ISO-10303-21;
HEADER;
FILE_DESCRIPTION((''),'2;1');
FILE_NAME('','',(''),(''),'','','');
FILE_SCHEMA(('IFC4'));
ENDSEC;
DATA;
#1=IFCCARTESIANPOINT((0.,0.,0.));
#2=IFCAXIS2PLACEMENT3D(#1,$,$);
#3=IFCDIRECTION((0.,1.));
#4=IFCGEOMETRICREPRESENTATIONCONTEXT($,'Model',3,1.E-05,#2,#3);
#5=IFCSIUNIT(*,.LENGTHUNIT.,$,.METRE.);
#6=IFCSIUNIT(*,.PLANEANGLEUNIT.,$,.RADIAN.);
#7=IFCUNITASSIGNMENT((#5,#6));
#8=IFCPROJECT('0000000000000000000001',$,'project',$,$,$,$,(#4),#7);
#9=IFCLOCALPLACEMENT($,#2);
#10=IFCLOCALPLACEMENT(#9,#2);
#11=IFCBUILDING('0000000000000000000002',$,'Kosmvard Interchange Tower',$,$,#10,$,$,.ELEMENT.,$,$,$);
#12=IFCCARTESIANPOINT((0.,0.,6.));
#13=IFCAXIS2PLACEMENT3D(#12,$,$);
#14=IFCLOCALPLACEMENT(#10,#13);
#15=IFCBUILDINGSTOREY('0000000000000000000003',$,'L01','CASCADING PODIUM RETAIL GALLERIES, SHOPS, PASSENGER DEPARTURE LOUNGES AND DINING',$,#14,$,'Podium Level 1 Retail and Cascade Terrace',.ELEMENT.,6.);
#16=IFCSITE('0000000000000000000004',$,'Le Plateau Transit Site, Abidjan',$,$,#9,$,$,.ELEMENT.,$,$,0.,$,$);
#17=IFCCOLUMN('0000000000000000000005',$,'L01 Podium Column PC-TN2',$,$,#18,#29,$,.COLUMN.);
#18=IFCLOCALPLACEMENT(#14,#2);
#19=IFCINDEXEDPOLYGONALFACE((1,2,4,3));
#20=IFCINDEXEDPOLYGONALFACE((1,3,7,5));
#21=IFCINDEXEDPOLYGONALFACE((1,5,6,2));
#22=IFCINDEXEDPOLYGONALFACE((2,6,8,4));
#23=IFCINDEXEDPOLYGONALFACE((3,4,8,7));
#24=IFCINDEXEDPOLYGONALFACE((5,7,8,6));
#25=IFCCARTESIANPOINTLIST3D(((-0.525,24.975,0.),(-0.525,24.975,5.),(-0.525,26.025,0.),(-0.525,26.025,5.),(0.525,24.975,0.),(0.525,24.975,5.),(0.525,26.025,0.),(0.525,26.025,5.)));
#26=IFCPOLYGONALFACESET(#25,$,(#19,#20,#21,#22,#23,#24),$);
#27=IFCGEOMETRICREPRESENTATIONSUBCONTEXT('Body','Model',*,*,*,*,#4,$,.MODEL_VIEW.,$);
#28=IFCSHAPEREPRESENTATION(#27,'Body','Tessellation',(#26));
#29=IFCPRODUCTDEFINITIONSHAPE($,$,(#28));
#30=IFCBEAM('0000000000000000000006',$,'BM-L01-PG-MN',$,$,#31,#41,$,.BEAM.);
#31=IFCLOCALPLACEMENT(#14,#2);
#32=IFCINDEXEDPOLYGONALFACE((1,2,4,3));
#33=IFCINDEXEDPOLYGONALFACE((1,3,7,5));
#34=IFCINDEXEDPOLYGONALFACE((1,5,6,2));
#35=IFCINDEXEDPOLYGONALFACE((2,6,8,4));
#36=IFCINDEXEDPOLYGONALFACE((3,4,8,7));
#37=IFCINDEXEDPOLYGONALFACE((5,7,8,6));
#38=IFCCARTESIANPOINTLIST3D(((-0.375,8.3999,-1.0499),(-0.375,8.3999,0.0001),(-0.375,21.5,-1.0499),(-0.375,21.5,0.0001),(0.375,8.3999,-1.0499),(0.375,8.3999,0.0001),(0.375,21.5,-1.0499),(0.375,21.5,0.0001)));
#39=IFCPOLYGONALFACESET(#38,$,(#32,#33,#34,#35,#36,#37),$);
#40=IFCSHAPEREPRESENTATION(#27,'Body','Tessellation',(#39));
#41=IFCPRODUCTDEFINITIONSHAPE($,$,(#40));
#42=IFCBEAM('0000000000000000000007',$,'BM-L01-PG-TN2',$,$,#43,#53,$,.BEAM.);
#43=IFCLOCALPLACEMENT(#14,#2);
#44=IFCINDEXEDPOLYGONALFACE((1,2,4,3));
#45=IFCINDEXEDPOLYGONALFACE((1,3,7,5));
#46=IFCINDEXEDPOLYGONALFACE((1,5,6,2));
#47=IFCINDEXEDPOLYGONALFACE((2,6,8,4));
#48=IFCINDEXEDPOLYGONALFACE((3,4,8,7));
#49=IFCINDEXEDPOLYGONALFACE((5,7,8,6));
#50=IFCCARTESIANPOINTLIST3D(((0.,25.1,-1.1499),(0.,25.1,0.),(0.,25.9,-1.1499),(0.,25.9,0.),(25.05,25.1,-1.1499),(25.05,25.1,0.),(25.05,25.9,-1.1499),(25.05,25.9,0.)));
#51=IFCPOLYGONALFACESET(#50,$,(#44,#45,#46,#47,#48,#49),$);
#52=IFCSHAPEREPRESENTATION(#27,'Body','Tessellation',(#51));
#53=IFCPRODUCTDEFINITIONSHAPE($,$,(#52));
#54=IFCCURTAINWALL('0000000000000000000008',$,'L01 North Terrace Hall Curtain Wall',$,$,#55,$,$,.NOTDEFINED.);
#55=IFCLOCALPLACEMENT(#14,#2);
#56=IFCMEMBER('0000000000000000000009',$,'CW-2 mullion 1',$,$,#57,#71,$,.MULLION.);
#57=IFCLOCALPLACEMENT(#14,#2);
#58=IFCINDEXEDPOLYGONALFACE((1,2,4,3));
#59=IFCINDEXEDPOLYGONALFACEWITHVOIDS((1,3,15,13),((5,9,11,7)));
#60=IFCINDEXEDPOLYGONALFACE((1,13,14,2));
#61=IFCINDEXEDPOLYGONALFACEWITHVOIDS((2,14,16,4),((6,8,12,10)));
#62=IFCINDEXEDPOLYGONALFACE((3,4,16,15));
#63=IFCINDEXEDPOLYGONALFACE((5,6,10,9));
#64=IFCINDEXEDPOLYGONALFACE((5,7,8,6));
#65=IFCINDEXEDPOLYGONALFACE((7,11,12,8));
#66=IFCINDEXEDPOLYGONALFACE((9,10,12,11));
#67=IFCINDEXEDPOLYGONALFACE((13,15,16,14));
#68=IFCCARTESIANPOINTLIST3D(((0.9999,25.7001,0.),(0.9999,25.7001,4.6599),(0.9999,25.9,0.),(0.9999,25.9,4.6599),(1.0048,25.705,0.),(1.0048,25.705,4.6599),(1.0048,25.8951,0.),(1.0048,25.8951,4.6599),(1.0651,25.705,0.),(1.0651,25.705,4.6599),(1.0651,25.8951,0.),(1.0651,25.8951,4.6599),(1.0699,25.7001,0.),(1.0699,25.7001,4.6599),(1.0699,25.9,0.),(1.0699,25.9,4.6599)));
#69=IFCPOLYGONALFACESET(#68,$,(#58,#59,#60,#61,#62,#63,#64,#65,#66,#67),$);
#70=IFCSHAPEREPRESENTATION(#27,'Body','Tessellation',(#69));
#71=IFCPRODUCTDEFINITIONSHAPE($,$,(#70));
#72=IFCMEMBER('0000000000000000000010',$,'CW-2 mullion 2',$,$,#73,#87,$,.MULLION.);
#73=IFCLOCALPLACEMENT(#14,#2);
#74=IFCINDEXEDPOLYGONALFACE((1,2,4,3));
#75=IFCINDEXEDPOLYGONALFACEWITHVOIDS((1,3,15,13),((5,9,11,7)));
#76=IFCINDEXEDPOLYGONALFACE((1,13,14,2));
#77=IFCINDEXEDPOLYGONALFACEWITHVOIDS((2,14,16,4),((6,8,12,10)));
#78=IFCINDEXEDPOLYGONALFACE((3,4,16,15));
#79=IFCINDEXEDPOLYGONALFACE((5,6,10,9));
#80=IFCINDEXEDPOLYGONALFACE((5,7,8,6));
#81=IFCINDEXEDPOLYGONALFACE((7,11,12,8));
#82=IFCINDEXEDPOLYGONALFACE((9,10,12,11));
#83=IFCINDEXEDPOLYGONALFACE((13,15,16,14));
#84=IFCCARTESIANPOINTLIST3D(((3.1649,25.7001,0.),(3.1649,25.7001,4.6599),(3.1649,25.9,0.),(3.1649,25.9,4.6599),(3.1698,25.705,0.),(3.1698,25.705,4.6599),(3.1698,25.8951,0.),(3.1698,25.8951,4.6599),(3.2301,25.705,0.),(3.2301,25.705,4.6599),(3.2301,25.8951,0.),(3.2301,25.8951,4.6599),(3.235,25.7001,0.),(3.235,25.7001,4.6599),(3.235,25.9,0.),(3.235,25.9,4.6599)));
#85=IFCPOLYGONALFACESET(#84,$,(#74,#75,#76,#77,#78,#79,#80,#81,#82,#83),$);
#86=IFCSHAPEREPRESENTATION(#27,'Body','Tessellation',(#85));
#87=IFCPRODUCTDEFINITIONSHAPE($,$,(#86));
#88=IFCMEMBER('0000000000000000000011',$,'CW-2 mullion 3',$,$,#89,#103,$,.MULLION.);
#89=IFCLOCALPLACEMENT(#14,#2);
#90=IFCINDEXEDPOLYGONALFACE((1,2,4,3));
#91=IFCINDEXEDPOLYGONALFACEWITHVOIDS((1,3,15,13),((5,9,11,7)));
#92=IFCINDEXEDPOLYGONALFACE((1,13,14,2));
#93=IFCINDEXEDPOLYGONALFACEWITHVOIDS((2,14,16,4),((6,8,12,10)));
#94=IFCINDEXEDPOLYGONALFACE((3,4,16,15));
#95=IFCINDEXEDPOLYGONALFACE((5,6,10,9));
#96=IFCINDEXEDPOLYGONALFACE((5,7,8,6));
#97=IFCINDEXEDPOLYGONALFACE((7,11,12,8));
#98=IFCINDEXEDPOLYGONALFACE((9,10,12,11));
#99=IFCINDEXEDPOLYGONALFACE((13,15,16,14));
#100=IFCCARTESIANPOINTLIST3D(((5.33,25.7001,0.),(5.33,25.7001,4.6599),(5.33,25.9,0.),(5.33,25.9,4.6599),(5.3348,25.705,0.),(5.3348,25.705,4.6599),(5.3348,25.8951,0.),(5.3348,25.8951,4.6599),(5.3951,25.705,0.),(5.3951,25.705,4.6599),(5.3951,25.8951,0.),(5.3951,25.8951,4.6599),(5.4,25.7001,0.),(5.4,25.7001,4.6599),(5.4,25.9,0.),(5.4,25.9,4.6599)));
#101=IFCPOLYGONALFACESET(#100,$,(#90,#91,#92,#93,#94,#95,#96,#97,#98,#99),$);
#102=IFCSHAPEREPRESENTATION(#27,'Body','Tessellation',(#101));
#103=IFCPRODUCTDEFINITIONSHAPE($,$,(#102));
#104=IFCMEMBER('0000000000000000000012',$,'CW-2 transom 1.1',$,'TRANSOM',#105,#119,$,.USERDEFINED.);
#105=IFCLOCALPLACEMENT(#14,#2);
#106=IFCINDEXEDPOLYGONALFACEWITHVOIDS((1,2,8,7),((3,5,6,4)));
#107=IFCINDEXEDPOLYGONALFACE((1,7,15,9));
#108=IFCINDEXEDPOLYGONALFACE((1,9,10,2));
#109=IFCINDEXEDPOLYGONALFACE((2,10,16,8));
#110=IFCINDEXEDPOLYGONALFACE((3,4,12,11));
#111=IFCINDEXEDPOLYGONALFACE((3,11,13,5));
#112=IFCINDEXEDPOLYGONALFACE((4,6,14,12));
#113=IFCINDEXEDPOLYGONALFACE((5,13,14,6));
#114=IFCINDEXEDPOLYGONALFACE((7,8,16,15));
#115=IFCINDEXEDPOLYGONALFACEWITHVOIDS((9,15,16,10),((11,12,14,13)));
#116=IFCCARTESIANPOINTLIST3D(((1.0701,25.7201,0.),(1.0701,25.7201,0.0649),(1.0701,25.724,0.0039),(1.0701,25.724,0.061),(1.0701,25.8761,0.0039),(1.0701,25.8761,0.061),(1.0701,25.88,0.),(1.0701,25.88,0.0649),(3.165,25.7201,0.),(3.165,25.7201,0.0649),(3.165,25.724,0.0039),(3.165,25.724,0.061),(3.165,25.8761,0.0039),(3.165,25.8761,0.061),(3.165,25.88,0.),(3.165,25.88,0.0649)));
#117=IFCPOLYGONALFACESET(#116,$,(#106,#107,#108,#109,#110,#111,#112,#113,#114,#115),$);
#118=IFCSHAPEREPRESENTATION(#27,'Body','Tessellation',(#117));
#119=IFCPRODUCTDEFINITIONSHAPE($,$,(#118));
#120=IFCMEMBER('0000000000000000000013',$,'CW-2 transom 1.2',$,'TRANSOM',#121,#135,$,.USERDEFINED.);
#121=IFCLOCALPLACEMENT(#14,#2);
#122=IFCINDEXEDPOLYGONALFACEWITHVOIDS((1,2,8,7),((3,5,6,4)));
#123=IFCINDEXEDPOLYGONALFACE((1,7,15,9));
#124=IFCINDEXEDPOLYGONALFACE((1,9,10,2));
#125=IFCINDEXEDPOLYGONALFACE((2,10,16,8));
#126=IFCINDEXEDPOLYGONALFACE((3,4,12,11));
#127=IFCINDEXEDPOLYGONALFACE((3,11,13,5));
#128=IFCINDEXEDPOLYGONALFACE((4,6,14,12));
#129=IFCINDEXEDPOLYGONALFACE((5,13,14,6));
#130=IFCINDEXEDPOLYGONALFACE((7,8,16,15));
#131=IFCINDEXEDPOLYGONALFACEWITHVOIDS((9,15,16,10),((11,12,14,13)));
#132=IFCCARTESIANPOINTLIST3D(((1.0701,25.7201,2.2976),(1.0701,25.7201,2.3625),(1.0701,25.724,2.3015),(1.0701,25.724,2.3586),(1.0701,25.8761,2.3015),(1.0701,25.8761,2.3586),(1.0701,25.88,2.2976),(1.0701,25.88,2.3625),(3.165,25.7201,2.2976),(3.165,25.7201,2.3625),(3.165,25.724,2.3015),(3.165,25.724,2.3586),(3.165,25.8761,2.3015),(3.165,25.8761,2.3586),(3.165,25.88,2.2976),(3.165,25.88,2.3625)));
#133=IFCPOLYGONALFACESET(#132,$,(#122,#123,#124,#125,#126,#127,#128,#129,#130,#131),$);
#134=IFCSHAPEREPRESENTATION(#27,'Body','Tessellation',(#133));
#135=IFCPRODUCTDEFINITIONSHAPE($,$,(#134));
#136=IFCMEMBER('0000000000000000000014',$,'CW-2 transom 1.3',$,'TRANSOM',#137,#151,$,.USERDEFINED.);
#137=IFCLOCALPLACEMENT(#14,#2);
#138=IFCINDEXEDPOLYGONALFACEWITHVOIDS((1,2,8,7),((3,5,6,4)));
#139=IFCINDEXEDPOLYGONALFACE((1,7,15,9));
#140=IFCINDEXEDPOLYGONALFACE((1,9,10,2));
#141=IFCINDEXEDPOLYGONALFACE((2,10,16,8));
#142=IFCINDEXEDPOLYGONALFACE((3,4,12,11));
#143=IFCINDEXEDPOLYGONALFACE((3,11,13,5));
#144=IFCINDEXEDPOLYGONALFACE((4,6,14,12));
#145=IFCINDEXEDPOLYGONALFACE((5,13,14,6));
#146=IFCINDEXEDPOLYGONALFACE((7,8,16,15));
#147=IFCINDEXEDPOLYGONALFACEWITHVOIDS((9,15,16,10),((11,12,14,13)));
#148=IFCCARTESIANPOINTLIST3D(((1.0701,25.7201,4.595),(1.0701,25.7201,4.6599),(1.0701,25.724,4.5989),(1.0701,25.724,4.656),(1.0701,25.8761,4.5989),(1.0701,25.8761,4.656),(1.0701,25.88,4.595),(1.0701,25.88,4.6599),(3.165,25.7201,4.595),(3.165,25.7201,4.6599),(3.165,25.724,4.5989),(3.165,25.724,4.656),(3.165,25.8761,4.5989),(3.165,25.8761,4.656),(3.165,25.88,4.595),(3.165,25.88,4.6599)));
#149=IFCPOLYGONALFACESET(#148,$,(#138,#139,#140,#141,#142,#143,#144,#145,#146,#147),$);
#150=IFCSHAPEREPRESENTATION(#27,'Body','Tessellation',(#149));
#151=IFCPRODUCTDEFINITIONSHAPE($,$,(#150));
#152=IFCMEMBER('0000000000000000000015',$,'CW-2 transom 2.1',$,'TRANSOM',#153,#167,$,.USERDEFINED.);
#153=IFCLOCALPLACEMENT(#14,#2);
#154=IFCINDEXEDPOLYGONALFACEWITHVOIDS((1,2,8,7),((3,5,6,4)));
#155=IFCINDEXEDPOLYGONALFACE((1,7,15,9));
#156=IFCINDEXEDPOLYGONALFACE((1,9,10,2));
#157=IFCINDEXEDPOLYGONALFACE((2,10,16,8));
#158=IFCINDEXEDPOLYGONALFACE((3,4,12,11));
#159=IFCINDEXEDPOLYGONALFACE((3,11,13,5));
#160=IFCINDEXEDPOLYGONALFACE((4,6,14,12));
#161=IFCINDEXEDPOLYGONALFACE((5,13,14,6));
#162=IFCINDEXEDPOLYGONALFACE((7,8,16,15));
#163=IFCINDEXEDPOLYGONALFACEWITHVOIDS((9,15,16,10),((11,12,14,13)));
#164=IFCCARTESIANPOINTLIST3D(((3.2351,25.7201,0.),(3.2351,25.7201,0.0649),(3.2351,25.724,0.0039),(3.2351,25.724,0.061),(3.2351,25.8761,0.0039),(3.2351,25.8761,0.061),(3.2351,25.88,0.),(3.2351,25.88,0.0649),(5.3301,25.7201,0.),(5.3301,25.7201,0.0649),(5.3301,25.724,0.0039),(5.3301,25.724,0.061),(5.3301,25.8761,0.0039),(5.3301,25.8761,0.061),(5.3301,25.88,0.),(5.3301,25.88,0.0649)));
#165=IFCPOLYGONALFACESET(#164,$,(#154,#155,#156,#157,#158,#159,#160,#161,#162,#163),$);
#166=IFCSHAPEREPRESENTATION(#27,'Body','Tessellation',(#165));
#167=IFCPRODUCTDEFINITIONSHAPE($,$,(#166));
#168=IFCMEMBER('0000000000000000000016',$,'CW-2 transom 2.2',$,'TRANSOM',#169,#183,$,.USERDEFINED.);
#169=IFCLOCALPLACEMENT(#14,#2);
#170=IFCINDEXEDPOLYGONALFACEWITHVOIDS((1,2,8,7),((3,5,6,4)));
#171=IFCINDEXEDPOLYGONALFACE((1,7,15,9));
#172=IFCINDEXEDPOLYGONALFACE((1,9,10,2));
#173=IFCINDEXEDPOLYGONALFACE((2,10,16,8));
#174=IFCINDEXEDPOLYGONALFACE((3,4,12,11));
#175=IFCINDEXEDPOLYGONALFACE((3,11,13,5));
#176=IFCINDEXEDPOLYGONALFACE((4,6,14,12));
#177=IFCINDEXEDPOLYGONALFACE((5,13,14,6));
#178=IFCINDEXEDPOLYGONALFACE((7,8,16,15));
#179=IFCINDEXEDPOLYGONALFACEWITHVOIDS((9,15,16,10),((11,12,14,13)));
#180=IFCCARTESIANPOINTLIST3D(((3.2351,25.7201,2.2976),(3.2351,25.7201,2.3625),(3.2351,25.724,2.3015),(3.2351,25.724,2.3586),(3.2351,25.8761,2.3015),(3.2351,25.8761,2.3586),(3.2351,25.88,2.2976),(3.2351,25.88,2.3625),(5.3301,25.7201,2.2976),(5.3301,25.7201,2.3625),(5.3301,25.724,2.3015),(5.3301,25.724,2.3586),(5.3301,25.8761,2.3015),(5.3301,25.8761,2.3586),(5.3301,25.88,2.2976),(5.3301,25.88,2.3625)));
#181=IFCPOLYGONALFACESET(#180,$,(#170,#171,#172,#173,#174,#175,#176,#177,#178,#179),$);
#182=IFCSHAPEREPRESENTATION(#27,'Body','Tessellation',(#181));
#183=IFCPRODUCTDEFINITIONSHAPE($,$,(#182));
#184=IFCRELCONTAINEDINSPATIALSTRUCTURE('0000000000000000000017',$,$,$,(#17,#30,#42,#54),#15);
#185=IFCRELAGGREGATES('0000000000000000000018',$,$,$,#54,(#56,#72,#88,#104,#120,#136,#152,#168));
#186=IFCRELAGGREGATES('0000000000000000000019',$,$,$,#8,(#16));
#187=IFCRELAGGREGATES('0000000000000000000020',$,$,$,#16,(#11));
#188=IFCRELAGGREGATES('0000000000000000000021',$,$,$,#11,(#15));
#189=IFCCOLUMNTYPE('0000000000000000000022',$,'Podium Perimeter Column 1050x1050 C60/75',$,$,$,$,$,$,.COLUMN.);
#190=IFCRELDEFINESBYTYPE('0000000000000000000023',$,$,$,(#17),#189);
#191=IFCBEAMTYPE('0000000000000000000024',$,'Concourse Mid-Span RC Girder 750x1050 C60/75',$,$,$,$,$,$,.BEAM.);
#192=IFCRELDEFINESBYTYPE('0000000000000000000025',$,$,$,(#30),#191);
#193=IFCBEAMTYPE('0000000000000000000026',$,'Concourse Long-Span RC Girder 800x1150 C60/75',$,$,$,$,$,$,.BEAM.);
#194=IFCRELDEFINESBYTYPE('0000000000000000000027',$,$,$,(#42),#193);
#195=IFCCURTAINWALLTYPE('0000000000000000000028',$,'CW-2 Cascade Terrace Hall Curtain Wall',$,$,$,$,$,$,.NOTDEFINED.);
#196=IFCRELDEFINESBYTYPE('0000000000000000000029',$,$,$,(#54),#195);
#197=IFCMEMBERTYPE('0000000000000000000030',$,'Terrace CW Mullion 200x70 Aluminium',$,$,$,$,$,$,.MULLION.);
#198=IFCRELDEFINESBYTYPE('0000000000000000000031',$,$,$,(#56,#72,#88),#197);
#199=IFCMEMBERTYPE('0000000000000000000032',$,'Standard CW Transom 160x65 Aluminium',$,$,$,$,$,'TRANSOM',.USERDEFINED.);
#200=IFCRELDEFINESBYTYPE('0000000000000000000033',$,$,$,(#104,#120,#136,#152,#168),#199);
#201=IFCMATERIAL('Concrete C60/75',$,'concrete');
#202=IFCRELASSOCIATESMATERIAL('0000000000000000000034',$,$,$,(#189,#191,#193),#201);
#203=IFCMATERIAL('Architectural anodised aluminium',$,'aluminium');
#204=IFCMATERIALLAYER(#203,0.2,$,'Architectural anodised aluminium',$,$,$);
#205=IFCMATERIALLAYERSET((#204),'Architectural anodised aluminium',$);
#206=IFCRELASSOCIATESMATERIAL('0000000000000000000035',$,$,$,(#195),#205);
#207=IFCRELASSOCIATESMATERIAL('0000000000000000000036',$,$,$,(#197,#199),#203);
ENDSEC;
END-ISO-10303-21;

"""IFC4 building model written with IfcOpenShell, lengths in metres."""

from ifc_helpers import new_model, si_unit, direction, frame, origin, origin_2d, place, context, subcontext, project, spatial, rectangle, hollow_rectangle, extrude, source, transform, mapped, material, layer, layer_set, material_profile, profile_set, type_object, element, aggregate, save


model = new_model("IFC4")

# Units and contexts
model_context = context("Model", 3, precision=1e-05, world=origin(), true_north=direction((0.0, 1.0)))
body_context = subcontext(model_context, "Body", "Model", "MODEL_VIEW")
ifc_project = project(units=[si_unit("LENGTHUNIT", "METRE"), si_unit("PLANEANGLEUNIT", "RADIAN")], contexts=[model_context])

# Site, building, storey
site_placement = place(None, origin())
site = spatial("IfcSite", under=ifc_project, at=site_placement, Name="Le Plateau Transit Site, Abidjan", CompositionType="ELEMENT", RefElevation=0.0)
building_placement = place(site_placement, origin())
building = spatial("IfcBuilding", under=site, at=building_placement, Name="Kosmvard Interchange Tower", CompositionType="ELEMENT")
storey_placement = place(building_placement, frame((0.0, 0.0, 6.0)))
storey = spatial("IfcBuildingStorey", under=building, at=storey_placement, Name="L01", Description="CASCADING PODIUM RETAIL GALLERIES, SHOPS, PASSENGER DEPARTURE LOUNGES AND DINING", LongName="Podium Level 1 Retail and Cascade Terrace", CompositionType="ELEMENT", Elevation=6.0)

# Column
ifc_material_1 = material(Name="Concrete C60/75", Category="concrete")
ifc_material_profile_1 = material_profile(ifc_material_1, rectangle(XDim=1.05, YDim=1.05, at=origin_2d()), Name="PC 1050x1050")
ifc_profile_set_1 = profile_set([ifc_material_profile_1], Name="Concrete C60/75")
column_type = type_object("IfcColumnType", Name="Podium Perimeter Column 1050x1050 C60/75", PredefinedType="COLUMN", material=ifc_profile_set_1)
shared_shape_1 = source(origin(), body_context, "Body", "SweptSolid", [
    extrude(rectangle(XDim=1.05, YDim=1.05, at=origin_2d()), origin(), (0.0, 0.0, 1.0), 5.0),
])
column_placement = place(storey_placement, frame((0.0, 25.5, 0.0), z_axis=(0.0, 0.0, 1.0), x_axis=(1.0, 0.0, 0.0)))
element("IfcColumn", 1, at=column_placement, inside=storey, type_object=column_type, Name="L01 Podium Column PC-TN2", PredefinedType="COLUMN", context=body_context, shape_type="MappedRepresentation", body=[
    mapped(shared_shape_1, transform((0.0, 0.0, 0.0), scale=1.0)),
])

# Beams
ifc_material_profile_2 = material_profile(ifc_material_1, rectangle(XDim=0.75, YDim=1.05, at=origin_2d()), Name="RCG 750x1050")
ifc_profile_set_2 = profile_set([ifc_material_profile_2], Name="Concrete C60/75")
beam_type_1 = type_object("IfcBeamType", Name="Concourse Mid-Span RC Girder 750x1050 C60/75", PredefinedType="BEAM", material=ifc_profile_set_2)
shared_shape_2 = source(origin(), body_context, "Body", "SweptSolid", [
    extrude(rectangle(XDim=0.75, YDim=1.05, at=origin_2d()), origin(), (0.0, 0.0, 1.0), 13.1001),
])
beam_1_placement = place(storey_placement, frame((0.0, 21.5, -0.5249), z_axis=(0.0, -1.0, 0.0), x_axis=(1.0, 0.0, 0.0)))
element("IfcBeam", 2, at=beam_1_placement, inside=storey, type_object=beam_type_1, Name="BM-L01-PG-MN", PredefinedType="BEAM", context=body_context, shape_type="MappedRepresentation", body=[
    mapped(shared_shape_2, transform((0.0, 0.0, 0.0), scale=1.0)),
])
ifc_material_profile_3 = material_profile(ifc_material_1, rectangle(XDim=0.8, YDim=1.1499, at=origin_2d()), Name="RCG 800x1150")
ifc_profile_set_3 = profile_set([ifc_material_profile_3], Name="Concrete C60/75")
beam_type_2 = type_object("IfcBeamType", Name="Concourse Long-Span RC Girder 800x1150 C60/75", PredefinedType="BEAM", material=ifc_profile_set_3)
shared_shape_3 = source(origin(), body_context, "Body", "SweptSolid", [
    extrude(rectangle(XDim=0.8, YDim=1.1499, at=origin_2d()), origin(), (0.0, 0.0, 1.0), 25.05),
])
beam_2_placement = place(storey_placement, frame((0.0, 25.5, -0.575), z_axis=(1.0, 0.0, 0.0), x_axis=(0.0, 1.0, 0.0)))
element("IfcBeam", 3, at=beam_2_placement, inside=storey, type_object=beam_type_2, Name="BM-L01-PG-TN2", PredefinedType="BEAM", context=body_context, shape_type="MappedRepresentation", body=[
    mapped(shared_shape_3, transform((0.0, 0.0, 0.0), scale=1.0)),
])

# Curtain wall, members
ifc_material_2 = material(Name="Architectural anodised aluminium", Category="aluminium")
ifc_layer_1 = layer(ifc_material_2, 0.2, Name="Architectural anodised aluminium")
ifc_layer_set_1 = layer_set([ifc_layer_1], Name="Architectural anodised aluminium")
curtain_wall_type = type_object("IfcCurtainWallType", Name="CW-2 Cascade Terrace Hall Curtain Wall", PredefinedType="NOTDEFINED", material=ifc_layer_set_1)
curtain_wall_placement = place(storey_placement, origin())
curtain_wall = element("IfcCurtainWall", 4, at=curtain_wall_placement, inside=storey, type_object=curtain_wall_type, Name="L01 North Terrace Hall Curtain Wall", PredefinedType="NOTDEFINED")
ifc_material_profile_4 = material_profile(ifc_material_2, hollow_rectangle(XDim=0.2, YDim=0.0701, WallThickness=0.0049, at=origin_2d()), Name="CWM 200x70x5")
ifc_profile_set_4 = profile_set([ifc_material_profile_4], Name="Architectural anodised aluminium")
member_type_1 = type_object("IfcMemberType", Name="Terrace CW Mullion 200x70 Aluminium", PredefinedType="MULLION", material=ifc_profile_set_4)
shared_shape_4 = source(origin(), body_context, "Body", "SweptSolid", [
    extrude(hollow_rectangle(XDim=0.2, YDim=0.0701, WallThickness=0.0049, at=origin_2d()), origin(), (0.0, 0.0, 1.0), 4.6599),
])
member_1_placement = place(storey_placement, frame((1.0349, 25.8, 0.0), z_axis=(0.0, 0.0, 1.0), x_axis=(0.0, 1.0, 0.0)))
member_1 = element("IfcMember", 5, at=member_1_placement, type_object=member_type_1, Name="CW-2 mullion 1", PredefinedType="MULLION", context=body_context, shape_type="MappedRepresentation", body=[
    mapped(shared_shape_4, transform((0.0, 0.0, 0.0), scale=1.0)),
])
member_2_placement = place(storey_placement, frame((3.2, 25.8, 0.0), z_axis=(0.0, 0.0, 1.0), x_axis=(0.0, 1.0, 0.0)))
member_2 = element("IfcMember", 6, at=member_2_placement, type_object=member_type_1, Name="CW-2 mullion 2", PredefinedType="MULLION", context=body_context, shape_type="MappedRepresentation", body=[
    mapped(shared_shape_4, transform((0.0, 0.0, 0.0), scale=1.0)),
])
member_3_placement = place(storey_placement, frame((5.365, 25.8, 0.0), z_axis=(0.0, 0.0, 1.0), x_axis=(0.0, 1.0, 0.0)))
member_3 = element("IfcMember", 7, at=member_3_placement, type_object=member_type_1, Name="CW-2 mullion 3", PredefinedType="MULLION", context=body_context, shape_type="MappedRepresentation", body=[
    mapped(shared_shape_4, transform((0.0, 0.0, 0.0), scale=1.0)),
])
ifc_material_profile_5 = material_profile(ifc_material_2, hollow_rectangle(XDim=0.1599, YDim=0.0649, WallThickness=0.0039, at=origin_2d()), Name="CWT 160x65x4")
ifc_profile_set_5 = profile_set([ifc_material_profile_5], Name="Architectural anodised aluminium")
member_type_2 = type_object("IfcMemberType", Name="Standard CW Transom 160x65 Aluminium", ElementType="TRANSOM", PredefinedType="USERDEFINED", material=ifc_profile_set_5)
shared_shape_5 = source(origin(), body_context, "Body", "SweptSolid", [
    extrude(hollow_rectangle(XDim=0.1599, YDim=0.0649, WallThickness=0.0039, at=origin_2d()), origin(), (0.0, 0.0, 1.0), 2.095),
])
member_4_placement = place(storey_placement, frame((1.0701, 25.8, 0.0325), z_axis=(1.0, 0.0, 0.0), x_axis=(0.0, 1.0, 0.0)))
member_4 = element("IfcMember", 8, at=member_4_placement, type_object=member_type_2, Name="CW-2 transom 1.1", ObjectType="TRANSOM", PredefinedType="USERDEFINED", context=body_context, shape_type="MappedRepresentation", body=[
    mapped(shared_shape_5, transform((0.0, 0.0, 0.0), scale=1.0)),
])
member_5_placement = place(storey_placement, frame((1.0701, 25.8, 2.3301), z_axis=(1.0, 0.0, 0.0), x_axis=(0.0, 1.0, 0.0)))
member_5 = element("IfcMember", 9, at=member_5_placement, type_object=member_type_2, Name="CW-2 transom 1.2", ObjectType="TRANSOM", PredefinedType="USERDEFINED", context=body_context, shape_type="MappedRepresentation", body=[
    mapped(shared_shape_5, transform((0.0, 0.0, 0.0), scale=1.0)),
])
member_6_placement = place(storey_placement, frame((1.0701, 25.8, 4.6274), z_axis=(1.0, 0.0, 0.0), x_axis=(0.0, 1.0, 0.0)))
member_6 = element("IfcMember", 10, at=member_6_placement, type_object=member_type_2, Name="CW-2 transom 1.3", ObjectType="TRANSOM", PredefinedType="USERDEFINED", context=body_context, shape_type="MappedRepresentation", body=[
    mapped(shared_shape_5, transform((0.0, 0.0, 0.0), scale=1.0)),
])
member_7_placement = place(storey_placement, frame((3.2351, 25.8, 0.0325), z_axis=(1.0, 0.0, 0.0), x_axis=(0.0, 1.0, 0.0)))
member_7 = element("IfcMember", 11, at=member_7_placement, type_object=member_type_2, Name="CW-2 transom 2.1", ObjectType="TRANSOM", PredefinedType="USERDEFINED", context=body_context, shape_type="MappedRepresentation", body=[
    mapped(shared_shape_5, transform((0.0, 0.0, 0.0), scale=1.0)),
])
member_8_placement = place(storey_placement, frame((3.2351, 25.8, 2.3301), z_axis=(1.0, 0.0, 0.0), x_axis=(0.0, 1.0, 0.0)))
member_8 = element("IfcMember", 12, at=member_8_placement, type_object=member_type_2, Name="CW-2 transom 2.2", ObjectType="TRANSOM", PredefinedType="USERDEFINED", context=body_context, shape_type="MappedRepresentation", body=[
    mapped(shared_shape_5, transform((0.0, 0.0, 0.0), scale=1.0)),
])
aggregate(curtain_wall, [member_1, member_2, member_3, member_4, member_5, member_6, member_7, member_8])

save(model, "model.ifc")
